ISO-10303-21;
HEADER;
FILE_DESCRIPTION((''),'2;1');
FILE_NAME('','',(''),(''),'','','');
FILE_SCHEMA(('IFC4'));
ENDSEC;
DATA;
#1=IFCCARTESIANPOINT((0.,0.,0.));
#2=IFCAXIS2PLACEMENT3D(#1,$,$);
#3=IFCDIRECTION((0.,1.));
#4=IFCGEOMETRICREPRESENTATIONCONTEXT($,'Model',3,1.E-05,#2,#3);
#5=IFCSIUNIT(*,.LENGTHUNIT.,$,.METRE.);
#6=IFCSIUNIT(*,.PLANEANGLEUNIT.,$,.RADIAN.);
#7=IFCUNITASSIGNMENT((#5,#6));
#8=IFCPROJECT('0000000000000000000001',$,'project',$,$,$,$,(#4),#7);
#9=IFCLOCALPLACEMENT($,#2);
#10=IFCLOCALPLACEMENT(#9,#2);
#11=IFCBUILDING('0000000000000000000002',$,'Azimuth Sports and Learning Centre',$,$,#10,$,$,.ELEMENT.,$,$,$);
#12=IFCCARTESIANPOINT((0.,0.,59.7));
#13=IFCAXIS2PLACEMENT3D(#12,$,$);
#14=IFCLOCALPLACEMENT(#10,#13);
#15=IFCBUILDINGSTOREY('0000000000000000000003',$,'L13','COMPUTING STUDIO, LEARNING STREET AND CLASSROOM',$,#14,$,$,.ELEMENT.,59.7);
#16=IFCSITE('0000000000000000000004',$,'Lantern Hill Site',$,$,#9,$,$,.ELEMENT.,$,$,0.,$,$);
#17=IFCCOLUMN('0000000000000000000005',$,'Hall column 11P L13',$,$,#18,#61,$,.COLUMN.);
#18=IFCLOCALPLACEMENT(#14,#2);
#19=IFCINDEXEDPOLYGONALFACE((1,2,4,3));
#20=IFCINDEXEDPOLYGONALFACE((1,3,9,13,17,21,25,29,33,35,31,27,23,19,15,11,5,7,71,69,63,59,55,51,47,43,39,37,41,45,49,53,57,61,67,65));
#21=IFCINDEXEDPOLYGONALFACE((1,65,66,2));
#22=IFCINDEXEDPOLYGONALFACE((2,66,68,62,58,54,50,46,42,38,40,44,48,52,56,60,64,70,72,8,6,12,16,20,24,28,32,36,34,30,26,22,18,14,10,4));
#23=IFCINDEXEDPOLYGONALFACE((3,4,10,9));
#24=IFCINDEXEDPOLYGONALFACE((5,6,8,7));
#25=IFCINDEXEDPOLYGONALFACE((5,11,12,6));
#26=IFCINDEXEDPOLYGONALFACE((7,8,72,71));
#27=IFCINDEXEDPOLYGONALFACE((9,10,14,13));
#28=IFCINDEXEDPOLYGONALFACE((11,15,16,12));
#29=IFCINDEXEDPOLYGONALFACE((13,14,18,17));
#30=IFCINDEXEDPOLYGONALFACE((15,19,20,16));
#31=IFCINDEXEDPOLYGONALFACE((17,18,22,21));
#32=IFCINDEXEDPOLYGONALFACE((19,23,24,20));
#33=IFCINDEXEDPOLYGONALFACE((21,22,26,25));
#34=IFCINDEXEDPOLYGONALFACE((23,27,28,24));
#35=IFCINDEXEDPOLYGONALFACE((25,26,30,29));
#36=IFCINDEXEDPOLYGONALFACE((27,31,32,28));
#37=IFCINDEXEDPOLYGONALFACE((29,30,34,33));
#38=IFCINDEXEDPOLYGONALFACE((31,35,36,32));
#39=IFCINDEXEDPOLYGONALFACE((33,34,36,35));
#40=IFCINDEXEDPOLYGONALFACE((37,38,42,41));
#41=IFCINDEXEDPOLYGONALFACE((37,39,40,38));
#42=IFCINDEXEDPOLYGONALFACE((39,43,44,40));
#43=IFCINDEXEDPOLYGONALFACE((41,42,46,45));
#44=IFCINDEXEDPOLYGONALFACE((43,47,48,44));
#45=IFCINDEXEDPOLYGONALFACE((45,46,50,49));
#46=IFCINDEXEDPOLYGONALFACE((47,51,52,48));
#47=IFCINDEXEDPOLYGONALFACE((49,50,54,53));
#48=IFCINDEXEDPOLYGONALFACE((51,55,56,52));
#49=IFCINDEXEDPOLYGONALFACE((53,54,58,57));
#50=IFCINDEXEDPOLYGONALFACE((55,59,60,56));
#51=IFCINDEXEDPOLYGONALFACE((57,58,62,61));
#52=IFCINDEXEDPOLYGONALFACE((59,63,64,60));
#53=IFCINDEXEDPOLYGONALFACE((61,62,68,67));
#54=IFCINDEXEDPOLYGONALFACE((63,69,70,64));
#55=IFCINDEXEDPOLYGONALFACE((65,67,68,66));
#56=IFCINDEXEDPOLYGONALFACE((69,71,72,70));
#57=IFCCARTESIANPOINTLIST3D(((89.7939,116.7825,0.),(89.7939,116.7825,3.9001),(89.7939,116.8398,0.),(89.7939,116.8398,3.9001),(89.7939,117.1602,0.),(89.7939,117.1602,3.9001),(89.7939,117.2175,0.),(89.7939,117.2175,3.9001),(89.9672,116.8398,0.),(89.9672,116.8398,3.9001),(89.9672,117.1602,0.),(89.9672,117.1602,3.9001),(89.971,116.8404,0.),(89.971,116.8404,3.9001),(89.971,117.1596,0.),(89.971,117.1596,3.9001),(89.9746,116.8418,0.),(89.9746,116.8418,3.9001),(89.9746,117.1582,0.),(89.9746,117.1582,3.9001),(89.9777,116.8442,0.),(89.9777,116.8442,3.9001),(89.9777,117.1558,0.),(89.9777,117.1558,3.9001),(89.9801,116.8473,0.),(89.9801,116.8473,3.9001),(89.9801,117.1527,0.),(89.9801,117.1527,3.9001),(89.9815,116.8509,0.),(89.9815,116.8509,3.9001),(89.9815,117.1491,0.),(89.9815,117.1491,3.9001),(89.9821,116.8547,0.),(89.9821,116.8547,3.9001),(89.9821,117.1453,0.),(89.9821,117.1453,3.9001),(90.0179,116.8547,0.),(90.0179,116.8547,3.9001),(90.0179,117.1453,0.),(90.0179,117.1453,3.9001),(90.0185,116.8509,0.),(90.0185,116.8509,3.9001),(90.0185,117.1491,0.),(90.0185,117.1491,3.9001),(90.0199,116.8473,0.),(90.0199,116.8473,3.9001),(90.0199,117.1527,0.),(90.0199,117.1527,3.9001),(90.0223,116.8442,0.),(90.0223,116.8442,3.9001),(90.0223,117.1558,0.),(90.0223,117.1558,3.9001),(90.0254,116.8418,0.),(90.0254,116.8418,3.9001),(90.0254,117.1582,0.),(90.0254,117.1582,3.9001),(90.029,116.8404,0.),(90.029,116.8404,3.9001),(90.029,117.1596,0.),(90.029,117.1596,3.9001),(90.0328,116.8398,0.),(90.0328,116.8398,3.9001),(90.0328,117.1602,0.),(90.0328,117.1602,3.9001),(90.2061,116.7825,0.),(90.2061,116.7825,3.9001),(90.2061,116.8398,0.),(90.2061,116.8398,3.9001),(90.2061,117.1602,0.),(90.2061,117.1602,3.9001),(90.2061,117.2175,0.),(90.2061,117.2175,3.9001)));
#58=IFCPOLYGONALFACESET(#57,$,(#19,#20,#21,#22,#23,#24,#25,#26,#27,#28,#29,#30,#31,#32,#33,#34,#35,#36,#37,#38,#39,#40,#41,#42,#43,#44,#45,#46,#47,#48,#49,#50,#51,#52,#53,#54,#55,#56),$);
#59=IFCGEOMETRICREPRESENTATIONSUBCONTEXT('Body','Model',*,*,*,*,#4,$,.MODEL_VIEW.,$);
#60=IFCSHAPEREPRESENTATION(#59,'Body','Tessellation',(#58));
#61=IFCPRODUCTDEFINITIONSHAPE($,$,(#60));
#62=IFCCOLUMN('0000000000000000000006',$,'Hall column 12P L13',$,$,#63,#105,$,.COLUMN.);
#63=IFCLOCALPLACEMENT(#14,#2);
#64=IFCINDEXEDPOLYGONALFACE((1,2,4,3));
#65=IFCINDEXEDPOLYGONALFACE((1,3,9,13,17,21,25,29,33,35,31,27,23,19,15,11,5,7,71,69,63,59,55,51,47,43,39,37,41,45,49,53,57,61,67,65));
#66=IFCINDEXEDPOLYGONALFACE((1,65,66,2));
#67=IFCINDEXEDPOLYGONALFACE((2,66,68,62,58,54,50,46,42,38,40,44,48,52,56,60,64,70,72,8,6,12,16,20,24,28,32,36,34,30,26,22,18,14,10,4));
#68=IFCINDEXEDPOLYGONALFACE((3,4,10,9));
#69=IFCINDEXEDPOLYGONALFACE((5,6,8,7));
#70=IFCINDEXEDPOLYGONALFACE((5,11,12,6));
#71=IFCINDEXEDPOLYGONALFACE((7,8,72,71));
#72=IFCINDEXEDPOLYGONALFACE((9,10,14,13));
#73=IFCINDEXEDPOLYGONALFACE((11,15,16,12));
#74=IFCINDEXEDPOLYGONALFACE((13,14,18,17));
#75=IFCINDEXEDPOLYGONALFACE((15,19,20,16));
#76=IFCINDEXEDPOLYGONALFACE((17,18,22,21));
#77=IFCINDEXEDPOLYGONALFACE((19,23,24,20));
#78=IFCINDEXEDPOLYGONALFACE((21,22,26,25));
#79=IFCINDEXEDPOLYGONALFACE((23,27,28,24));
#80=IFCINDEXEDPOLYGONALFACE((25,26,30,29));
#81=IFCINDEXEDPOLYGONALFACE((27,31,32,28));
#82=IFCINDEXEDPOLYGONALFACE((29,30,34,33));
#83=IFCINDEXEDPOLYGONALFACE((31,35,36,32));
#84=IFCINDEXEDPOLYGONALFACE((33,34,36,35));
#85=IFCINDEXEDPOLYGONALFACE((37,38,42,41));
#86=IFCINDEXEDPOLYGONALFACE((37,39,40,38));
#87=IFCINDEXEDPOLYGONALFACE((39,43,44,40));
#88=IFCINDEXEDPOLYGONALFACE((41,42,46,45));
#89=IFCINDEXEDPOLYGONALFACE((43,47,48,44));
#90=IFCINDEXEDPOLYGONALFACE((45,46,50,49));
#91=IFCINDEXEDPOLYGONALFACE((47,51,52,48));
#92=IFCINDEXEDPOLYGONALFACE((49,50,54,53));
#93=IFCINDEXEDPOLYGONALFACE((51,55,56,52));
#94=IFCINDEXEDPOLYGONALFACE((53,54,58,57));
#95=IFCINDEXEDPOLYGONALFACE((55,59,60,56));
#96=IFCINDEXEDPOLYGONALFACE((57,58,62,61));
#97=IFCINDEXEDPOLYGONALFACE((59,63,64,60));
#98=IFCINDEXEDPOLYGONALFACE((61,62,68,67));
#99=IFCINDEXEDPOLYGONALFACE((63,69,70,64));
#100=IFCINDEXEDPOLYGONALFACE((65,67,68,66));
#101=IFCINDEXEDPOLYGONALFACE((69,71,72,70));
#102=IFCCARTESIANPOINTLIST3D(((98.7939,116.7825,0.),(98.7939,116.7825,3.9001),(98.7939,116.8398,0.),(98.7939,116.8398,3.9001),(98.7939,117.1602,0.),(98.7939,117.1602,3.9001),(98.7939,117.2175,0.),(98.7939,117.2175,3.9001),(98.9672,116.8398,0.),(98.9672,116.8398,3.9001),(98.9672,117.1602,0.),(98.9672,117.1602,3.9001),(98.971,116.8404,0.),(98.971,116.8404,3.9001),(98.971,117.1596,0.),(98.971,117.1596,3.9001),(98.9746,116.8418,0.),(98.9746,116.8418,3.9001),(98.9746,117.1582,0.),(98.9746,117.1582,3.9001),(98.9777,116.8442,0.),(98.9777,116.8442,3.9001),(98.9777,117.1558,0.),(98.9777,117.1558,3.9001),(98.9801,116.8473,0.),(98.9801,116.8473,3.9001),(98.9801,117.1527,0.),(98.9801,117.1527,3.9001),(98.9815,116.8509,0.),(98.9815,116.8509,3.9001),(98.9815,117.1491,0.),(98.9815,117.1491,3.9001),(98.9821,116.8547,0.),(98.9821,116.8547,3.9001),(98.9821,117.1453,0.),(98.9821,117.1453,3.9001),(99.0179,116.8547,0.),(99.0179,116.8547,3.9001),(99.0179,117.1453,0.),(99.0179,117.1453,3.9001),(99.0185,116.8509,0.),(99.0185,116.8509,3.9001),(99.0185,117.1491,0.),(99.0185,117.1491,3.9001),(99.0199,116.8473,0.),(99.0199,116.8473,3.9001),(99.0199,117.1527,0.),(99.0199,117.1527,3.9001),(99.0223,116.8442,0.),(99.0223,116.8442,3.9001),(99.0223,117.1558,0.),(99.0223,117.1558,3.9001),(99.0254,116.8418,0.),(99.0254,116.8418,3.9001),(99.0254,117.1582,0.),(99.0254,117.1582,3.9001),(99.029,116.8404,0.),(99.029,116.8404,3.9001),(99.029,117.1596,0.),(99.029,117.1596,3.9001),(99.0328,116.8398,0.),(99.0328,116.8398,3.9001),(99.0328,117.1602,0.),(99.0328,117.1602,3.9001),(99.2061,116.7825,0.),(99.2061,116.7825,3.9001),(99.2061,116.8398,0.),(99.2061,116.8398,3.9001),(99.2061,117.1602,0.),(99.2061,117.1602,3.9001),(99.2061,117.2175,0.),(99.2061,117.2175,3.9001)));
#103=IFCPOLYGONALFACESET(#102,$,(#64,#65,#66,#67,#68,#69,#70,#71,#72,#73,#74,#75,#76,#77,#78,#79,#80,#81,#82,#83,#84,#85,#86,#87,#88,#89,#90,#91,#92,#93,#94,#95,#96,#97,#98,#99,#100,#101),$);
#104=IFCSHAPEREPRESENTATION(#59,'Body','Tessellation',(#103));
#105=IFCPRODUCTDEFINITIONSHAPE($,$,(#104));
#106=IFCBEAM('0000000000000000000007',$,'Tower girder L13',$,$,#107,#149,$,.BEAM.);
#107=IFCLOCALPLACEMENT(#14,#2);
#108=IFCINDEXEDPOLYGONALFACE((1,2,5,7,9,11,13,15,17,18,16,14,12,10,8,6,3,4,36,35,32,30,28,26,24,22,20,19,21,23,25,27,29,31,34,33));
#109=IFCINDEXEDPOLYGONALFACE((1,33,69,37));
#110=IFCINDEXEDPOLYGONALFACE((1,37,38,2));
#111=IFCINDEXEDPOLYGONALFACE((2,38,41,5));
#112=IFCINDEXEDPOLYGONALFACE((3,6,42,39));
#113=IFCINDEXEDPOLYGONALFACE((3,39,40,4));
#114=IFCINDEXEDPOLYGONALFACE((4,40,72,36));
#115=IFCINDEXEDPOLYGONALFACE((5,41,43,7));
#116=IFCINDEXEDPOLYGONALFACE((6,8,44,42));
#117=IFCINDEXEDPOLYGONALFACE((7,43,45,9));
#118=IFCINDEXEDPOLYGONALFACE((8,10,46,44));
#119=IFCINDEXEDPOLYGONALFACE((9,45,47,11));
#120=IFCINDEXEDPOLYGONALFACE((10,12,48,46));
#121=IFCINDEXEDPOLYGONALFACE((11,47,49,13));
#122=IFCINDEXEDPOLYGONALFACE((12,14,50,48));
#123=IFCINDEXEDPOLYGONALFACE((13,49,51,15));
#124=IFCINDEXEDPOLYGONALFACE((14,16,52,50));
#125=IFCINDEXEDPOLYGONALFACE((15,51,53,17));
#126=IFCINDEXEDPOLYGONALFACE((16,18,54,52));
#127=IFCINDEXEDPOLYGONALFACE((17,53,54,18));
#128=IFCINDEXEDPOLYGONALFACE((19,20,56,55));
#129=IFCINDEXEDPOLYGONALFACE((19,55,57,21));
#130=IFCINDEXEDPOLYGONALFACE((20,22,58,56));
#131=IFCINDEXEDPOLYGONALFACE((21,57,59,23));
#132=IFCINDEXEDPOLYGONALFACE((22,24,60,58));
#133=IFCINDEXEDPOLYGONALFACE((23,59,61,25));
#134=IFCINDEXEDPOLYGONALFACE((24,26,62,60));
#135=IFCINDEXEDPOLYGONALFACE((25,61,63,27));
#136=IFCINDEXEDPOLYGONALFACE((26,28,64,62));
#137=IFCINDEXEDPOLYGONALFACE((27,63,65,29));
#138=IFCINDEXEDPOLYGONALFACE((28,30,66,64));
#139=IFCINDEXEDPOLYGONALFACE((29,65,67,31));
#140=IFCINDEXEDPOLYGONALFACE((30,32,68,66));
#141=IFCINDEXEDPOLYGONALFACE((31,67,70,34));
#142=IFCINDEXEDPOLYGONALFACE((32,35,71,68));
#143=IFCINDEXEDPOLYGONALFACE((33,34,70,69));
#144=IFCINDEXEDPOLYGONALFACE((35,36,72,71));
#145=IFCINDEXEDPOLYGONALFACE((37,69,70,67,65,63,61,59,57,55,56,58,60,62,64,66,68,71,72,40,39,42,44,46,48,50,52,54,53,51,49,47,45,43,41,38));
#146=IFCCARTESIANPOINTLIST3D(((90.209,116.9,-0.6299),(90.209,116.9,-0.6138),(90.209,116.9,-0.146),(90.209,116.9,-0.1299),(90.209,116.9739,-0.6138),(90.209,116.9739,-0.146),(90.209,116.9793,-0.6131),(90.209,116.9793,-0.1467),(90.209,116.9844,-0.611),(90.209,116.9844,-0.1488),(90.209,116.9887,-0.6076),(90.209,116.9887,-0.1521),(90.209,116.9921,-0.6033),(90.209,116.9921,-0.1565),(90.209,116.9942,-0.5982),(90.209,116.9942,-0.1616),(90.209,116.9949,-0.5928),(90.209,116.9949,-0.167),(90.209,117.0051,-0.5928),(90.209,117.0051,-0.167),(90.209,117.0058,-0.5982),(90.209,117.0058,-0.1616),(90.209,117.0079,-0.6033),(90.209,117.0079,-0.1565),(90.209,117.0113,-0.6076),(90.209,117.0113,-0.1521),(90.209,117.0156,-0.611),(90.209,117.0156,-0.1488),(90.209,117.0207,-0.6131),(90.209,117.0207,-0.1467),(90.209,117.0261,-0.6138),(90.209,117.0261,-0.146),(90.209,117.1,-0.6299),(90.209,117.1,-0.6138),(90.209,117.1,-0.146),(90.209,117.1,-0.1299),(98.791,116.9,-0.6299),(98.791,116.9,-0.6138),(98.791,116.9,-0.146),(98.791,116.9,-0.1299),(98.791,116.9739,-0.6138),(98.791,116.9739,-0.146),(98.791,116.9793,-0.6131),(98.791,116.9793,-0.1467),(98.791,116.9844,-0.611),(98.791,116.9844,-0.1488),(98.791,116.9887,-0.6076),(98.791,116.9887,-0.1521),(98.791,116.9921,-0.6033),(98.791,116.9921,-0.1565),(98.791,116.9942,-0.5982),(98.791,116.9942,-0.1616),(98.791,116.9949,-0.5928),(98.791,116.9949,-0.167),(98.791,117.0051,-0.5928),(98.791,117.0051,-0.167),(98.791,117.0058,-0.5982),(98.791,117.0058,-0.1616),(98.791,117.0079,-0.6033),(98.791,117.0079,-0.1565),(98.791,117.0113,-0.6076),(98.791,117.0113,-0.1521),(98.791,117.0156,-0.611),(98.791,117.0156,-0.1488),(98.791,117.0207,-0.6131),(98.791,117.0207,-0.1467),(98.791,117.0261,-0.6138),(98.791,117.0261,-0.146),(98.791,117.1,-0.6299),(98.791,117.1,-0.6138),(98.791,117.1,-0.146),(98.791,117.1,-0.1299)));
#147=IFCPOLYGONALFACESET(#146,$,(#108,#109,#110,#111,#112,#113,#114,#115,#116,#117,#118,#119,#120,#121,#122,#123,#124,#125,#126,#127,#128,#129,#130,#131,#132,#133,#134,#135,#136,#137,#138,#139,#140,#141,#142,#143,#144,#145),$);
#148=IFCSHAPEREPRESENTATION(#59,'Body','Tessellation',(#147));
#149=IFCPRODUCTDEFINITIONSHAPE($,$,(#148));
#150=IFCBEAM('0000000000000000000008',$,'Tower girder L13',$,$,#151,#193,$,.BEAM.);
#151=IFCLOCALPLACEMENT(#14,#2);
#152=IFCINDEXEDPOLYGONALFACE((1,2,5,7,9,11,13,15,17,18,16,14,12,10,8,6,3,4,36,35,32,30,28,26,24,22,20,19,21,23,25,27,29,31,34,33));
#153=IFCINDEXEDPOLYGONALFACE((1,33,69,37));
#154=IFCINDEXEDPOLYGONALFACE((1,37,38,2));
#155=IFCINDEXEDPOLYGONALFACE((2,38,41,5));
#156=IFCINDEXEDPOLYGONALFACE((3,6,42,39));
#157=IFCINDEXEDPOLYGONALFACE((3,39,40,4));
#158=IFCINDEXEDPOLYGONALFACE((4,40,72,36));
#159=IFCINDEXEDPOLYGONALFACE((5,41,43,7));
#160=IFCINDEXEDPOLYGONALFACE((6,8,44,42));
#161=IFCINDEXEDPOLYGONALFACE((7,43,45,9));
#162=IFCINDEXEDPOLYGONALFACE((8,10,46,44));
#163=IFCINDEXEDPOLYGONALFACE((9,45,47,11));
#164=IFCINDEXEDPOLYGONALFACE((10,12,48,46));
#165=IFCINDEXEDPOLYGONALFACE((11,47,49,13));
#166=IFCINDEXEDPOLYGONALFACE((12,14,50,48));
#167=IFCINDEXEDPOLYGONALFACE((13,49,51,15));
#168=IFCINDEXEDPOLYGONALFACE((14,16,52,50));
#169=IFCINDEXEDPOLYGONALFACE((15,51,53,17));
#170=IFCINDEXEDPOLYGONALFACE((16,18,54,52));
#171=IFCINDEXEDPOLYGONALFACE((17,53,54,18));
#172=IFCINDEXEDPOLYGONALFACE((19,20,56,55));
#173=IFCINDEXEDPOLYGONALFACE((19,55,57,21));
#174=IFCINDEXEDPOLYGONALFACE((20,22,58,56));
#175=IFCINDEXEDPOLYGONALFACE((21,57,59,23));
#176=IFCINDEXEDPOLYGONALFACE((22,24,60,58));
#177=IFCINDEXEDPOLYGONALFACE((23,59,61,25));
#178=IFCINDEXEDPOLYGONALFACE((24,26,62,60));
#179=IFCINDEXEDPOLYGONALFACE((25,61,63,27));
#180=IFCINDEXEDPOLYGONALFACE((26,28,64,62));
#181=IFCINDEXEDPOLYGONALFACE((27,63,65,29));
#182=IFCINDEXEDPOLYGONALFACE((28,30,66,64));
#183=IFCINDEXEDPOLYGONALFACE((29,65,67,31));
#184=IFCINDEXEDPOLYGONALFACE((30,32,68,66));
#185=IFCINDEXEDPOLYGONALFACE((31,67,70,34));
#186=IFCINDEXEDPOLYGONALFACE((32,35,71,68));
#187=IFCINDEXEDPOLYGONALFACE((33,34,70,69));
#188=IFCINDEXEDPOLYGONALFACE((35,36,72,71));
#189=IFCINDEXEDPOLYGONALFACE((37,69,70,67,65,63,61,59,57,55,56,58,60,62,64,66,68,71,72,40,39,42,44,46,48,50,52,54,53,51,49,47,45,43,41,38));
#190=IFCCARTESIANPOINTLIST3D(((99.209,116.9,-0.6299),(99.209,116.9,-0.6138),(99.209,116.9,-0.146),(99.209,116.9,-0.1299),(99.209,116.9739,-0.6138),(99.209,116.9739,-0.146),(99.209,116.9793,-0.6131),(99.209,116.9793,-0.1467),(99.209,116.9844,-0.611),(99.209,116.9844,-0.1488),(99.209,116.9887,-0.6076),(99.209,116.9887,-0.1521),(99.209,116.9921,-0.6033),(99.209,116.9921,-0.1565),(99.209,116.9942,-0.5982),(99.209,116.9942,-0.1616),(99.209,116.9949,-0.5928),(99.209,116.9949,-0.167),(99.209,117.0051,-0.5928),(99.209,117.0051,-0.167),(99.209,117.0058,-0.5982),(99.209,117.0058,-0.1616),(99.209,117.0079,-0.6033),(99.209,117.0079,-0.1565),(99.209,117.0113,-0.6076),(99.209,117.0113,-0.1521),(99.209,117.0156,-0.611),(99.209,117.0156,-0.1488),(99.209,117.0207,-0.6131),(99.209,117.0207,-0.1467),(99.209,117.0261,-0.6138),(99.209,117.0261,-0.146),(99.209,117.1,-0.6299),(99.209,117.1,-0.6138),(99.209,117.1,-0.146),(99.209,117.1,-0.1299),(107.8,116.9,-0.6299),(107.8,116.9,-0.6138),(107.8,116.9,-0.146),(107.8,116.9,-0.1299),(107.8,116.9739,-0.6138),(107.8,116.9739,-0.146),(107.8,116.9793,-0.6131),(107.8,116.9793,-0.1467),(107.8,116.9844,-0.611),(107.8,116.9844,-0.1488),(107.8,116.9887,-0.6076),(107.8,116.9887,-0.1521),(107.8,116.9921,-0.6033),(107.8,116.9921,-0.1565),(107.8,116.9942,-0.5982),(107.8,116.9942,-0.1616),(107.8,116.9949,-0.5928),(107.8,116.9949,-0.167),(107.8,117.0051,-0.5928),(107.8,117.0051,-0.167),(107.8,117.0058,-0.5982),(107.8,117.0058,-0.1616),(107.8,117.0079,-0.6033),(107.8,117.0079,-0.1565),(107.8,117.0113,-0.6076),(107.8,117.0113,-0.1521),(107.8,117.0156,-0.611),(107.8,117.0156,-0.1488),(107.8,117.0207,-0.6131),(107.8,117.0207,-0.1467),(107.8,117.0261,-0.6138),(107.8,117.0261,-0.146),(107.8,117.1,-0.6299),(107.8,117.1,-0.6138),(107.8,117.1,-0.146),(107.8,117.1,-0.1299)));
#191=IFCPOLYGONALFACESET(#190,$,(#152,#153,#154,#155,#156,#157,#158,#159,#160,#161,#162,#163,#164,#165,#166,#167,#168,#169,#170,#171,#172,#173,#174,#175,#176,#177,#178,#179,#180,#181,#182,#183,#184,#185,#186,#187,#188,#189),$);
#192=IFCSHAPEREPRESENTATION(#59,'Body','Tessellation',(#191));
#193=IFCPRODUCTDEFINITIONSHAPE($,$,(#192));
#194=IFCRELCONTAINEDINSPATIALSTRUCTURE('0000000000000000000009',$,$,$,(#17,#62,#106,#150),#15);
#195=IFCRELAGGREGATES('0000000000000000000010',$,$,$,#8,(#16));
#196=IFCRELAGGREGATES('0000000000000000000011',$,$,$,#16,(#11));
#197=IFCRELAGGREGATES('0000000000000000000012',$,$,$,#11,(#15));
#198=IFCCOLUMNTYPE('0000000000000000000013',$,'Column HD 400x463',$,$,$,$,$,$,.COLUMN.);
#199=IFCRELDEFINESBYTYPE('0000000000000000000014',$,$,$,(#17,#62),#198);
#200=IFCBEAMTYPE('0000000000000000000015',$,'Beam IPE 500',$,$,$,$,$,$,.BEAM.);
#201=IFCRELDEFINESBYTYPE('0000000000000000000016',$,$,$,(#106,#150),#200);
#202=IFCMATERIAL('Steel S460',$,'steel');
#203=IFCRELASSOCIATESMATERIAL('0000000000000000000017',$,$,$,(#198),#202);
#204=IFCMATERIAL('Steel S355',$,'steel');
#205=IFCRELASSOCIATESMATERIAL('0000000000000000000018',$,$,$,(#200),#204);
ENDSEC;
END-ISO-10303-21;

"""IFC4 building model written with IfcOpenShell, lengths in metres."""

from ifc_helpers import new_model, si_unit, direction, frame, origin, origin_2d, place, context, subcontext, project, spatial, i_section, extrude, material, material_profile, profile_set, type_object, element, save


model = new_model("IFC4")

# Units and contexts
model_context = context("Model", 3, precision=1e-05, world=origin(), true_north=direction((0.0, 1.0)))
body_context = subcontext(model_context, "Body", "Model", "MODEL_VIEW")
ifc_project = project(units=[si_unit("LENGTHUNIT", "METRE"), si_unit("PLANEANGLEUNIT", "RADIAN")], contexts=[model_context])

# Site, building, storey
site_placement = place(None, origin())
site = spatial("IfcSite", under=ifc_project, at=site_placement, Name="Lantern Hill Site", CompositionType="ELEMENT", RefElevation=0.0)
building_placement = place(site_placement, origin())
building = spatial("IfcBuilding", under=site, at=building_placement, Name="Azimuth Sports and Learning Centre", CompositionType="ELEMENT")
storey_placement = place(building_placement, frame((0.0, 0.0, 59.7)))
storey = spatial("IfcBuildingStorey", under=building, at=storey_placement, Name="L13", Description="COMPUTING STUDIO, LEARNING STREET AND CLASSROOM", CompositionType="ELEMENT", Elevation=59.7)

# Columns
ifc_material_1 = material(Name="Steel S460", Category="steel")
ifc_material_profile_1 = material_profile(ifc_material_1, i_section(OverallWidth=0.4121, OverallDepth=0.4351, WebThickness=0.0359, FlangeThickness=0.0574, FilletRadius=0.0149, at=origin_2d()), Name="HD 400x463")
ifc_profile_set_1 = profile_set([ifc_material_profile_1], Name="Steel S460")
column_type = type_object("IfcColumnType", Name="Column HD 400x463", PredefinedType="COLUMN", material=ifc_profile_set_1)
for number, where, z_axis, x_axis, name in (
    (1, (90.0, 117.0, 0.0), (0.0, 0.0, 1.0), (1.0, 0.0, 0.0), "Hall column 11P L13"),
    (2, (99.0, 117.0, 0.0), (0.0, 0.0, 1.0), (1.0, 0.0, 0.0), "Hall column 12P L13"),
):
    element("IfcColumn", number, at=place(storey_placement, frame(where, z_axis=z_axis, x_axis=x_axis)), inside=storey, type_object=column_type, Name=name, PredefinedType="COLUMN", context=body_context, shape_type="SweptSolid", body=[
        extrude(i_section(OverallWidth=0.4121, OverallDepth=0.4351, WebThickness=0.0359, FlangeThickness=0.0574, FilletRadius=0.0149, at=origin_2d()), origin(), (0.0, 0.0, 1.0), 3.9001),
    ])

# Beams
ifc_material_2 = material(Name="Steel S355", Category="steel")
ifc_material_profile_2 = material_profile(ifc_material_2, i_section(OverallWidth=0.2, OverallDepth=0.5, WebThickness=0.0103, FlangeThickness=0.0161, FilletRadius=0.021, at=origin_2d()), Name="IPE 500")
ifc_profile_set_2 = profile_set([ifc_material_profile_2], Name="Steel S355")
beam_type_1 = type_object("IfcBeamType", Name="Beam IPE 500", PredefinedType="BEAM", material=ifc_profile_set_2)
beam_1_placement = place(storey_placement, frame((90.209, 117.0, -0.3799), z_axis=(1.0, 0.0, 0.0), x_axis=(0.0, 1.0, 0.0)))
element("IfcBeam", 3, at=beam_1_placement, inside=storey, type_object=beam_type_1, Name="Tower girder L13", PredefinedType="BEAM", context=body_context, shape_type="SweptSolid", body=[
    extrude(i_section(OverallWidth=0.2, OverallDepth=0.5, WebThickness=0.0103, FlangeThickness=0.0161, FilletRadius=0.021, at=origin_2d()), origin(), (0.0, 0.0, 1.0), 8.582),
])
beam_2_placement = place(storey_placement, frame((99.209, 117.0, -0.3799), z_axis=(1.0, 0.0, 0.0), x_axis=(0.0, 1.0, 0.0)))
element("IfcBeam", 4, at=beam_2_placement, inside=storey, type_object=beam_type_1, Name="Tower girder L13", PredefinedType="BEAM", context=body_context, shape_type="SweptSolid", body=[
    extrude(i_section(OverallWidth=0.2, OverallDepth=0.5, WebThickness=0.0103, FlangeThickness=0.0161, FilletRadius=0.021, at=origin_2d()), origin(), (0.0, 0.0, 1.0), 8.5911),
])

save(model, "model.ifc")
